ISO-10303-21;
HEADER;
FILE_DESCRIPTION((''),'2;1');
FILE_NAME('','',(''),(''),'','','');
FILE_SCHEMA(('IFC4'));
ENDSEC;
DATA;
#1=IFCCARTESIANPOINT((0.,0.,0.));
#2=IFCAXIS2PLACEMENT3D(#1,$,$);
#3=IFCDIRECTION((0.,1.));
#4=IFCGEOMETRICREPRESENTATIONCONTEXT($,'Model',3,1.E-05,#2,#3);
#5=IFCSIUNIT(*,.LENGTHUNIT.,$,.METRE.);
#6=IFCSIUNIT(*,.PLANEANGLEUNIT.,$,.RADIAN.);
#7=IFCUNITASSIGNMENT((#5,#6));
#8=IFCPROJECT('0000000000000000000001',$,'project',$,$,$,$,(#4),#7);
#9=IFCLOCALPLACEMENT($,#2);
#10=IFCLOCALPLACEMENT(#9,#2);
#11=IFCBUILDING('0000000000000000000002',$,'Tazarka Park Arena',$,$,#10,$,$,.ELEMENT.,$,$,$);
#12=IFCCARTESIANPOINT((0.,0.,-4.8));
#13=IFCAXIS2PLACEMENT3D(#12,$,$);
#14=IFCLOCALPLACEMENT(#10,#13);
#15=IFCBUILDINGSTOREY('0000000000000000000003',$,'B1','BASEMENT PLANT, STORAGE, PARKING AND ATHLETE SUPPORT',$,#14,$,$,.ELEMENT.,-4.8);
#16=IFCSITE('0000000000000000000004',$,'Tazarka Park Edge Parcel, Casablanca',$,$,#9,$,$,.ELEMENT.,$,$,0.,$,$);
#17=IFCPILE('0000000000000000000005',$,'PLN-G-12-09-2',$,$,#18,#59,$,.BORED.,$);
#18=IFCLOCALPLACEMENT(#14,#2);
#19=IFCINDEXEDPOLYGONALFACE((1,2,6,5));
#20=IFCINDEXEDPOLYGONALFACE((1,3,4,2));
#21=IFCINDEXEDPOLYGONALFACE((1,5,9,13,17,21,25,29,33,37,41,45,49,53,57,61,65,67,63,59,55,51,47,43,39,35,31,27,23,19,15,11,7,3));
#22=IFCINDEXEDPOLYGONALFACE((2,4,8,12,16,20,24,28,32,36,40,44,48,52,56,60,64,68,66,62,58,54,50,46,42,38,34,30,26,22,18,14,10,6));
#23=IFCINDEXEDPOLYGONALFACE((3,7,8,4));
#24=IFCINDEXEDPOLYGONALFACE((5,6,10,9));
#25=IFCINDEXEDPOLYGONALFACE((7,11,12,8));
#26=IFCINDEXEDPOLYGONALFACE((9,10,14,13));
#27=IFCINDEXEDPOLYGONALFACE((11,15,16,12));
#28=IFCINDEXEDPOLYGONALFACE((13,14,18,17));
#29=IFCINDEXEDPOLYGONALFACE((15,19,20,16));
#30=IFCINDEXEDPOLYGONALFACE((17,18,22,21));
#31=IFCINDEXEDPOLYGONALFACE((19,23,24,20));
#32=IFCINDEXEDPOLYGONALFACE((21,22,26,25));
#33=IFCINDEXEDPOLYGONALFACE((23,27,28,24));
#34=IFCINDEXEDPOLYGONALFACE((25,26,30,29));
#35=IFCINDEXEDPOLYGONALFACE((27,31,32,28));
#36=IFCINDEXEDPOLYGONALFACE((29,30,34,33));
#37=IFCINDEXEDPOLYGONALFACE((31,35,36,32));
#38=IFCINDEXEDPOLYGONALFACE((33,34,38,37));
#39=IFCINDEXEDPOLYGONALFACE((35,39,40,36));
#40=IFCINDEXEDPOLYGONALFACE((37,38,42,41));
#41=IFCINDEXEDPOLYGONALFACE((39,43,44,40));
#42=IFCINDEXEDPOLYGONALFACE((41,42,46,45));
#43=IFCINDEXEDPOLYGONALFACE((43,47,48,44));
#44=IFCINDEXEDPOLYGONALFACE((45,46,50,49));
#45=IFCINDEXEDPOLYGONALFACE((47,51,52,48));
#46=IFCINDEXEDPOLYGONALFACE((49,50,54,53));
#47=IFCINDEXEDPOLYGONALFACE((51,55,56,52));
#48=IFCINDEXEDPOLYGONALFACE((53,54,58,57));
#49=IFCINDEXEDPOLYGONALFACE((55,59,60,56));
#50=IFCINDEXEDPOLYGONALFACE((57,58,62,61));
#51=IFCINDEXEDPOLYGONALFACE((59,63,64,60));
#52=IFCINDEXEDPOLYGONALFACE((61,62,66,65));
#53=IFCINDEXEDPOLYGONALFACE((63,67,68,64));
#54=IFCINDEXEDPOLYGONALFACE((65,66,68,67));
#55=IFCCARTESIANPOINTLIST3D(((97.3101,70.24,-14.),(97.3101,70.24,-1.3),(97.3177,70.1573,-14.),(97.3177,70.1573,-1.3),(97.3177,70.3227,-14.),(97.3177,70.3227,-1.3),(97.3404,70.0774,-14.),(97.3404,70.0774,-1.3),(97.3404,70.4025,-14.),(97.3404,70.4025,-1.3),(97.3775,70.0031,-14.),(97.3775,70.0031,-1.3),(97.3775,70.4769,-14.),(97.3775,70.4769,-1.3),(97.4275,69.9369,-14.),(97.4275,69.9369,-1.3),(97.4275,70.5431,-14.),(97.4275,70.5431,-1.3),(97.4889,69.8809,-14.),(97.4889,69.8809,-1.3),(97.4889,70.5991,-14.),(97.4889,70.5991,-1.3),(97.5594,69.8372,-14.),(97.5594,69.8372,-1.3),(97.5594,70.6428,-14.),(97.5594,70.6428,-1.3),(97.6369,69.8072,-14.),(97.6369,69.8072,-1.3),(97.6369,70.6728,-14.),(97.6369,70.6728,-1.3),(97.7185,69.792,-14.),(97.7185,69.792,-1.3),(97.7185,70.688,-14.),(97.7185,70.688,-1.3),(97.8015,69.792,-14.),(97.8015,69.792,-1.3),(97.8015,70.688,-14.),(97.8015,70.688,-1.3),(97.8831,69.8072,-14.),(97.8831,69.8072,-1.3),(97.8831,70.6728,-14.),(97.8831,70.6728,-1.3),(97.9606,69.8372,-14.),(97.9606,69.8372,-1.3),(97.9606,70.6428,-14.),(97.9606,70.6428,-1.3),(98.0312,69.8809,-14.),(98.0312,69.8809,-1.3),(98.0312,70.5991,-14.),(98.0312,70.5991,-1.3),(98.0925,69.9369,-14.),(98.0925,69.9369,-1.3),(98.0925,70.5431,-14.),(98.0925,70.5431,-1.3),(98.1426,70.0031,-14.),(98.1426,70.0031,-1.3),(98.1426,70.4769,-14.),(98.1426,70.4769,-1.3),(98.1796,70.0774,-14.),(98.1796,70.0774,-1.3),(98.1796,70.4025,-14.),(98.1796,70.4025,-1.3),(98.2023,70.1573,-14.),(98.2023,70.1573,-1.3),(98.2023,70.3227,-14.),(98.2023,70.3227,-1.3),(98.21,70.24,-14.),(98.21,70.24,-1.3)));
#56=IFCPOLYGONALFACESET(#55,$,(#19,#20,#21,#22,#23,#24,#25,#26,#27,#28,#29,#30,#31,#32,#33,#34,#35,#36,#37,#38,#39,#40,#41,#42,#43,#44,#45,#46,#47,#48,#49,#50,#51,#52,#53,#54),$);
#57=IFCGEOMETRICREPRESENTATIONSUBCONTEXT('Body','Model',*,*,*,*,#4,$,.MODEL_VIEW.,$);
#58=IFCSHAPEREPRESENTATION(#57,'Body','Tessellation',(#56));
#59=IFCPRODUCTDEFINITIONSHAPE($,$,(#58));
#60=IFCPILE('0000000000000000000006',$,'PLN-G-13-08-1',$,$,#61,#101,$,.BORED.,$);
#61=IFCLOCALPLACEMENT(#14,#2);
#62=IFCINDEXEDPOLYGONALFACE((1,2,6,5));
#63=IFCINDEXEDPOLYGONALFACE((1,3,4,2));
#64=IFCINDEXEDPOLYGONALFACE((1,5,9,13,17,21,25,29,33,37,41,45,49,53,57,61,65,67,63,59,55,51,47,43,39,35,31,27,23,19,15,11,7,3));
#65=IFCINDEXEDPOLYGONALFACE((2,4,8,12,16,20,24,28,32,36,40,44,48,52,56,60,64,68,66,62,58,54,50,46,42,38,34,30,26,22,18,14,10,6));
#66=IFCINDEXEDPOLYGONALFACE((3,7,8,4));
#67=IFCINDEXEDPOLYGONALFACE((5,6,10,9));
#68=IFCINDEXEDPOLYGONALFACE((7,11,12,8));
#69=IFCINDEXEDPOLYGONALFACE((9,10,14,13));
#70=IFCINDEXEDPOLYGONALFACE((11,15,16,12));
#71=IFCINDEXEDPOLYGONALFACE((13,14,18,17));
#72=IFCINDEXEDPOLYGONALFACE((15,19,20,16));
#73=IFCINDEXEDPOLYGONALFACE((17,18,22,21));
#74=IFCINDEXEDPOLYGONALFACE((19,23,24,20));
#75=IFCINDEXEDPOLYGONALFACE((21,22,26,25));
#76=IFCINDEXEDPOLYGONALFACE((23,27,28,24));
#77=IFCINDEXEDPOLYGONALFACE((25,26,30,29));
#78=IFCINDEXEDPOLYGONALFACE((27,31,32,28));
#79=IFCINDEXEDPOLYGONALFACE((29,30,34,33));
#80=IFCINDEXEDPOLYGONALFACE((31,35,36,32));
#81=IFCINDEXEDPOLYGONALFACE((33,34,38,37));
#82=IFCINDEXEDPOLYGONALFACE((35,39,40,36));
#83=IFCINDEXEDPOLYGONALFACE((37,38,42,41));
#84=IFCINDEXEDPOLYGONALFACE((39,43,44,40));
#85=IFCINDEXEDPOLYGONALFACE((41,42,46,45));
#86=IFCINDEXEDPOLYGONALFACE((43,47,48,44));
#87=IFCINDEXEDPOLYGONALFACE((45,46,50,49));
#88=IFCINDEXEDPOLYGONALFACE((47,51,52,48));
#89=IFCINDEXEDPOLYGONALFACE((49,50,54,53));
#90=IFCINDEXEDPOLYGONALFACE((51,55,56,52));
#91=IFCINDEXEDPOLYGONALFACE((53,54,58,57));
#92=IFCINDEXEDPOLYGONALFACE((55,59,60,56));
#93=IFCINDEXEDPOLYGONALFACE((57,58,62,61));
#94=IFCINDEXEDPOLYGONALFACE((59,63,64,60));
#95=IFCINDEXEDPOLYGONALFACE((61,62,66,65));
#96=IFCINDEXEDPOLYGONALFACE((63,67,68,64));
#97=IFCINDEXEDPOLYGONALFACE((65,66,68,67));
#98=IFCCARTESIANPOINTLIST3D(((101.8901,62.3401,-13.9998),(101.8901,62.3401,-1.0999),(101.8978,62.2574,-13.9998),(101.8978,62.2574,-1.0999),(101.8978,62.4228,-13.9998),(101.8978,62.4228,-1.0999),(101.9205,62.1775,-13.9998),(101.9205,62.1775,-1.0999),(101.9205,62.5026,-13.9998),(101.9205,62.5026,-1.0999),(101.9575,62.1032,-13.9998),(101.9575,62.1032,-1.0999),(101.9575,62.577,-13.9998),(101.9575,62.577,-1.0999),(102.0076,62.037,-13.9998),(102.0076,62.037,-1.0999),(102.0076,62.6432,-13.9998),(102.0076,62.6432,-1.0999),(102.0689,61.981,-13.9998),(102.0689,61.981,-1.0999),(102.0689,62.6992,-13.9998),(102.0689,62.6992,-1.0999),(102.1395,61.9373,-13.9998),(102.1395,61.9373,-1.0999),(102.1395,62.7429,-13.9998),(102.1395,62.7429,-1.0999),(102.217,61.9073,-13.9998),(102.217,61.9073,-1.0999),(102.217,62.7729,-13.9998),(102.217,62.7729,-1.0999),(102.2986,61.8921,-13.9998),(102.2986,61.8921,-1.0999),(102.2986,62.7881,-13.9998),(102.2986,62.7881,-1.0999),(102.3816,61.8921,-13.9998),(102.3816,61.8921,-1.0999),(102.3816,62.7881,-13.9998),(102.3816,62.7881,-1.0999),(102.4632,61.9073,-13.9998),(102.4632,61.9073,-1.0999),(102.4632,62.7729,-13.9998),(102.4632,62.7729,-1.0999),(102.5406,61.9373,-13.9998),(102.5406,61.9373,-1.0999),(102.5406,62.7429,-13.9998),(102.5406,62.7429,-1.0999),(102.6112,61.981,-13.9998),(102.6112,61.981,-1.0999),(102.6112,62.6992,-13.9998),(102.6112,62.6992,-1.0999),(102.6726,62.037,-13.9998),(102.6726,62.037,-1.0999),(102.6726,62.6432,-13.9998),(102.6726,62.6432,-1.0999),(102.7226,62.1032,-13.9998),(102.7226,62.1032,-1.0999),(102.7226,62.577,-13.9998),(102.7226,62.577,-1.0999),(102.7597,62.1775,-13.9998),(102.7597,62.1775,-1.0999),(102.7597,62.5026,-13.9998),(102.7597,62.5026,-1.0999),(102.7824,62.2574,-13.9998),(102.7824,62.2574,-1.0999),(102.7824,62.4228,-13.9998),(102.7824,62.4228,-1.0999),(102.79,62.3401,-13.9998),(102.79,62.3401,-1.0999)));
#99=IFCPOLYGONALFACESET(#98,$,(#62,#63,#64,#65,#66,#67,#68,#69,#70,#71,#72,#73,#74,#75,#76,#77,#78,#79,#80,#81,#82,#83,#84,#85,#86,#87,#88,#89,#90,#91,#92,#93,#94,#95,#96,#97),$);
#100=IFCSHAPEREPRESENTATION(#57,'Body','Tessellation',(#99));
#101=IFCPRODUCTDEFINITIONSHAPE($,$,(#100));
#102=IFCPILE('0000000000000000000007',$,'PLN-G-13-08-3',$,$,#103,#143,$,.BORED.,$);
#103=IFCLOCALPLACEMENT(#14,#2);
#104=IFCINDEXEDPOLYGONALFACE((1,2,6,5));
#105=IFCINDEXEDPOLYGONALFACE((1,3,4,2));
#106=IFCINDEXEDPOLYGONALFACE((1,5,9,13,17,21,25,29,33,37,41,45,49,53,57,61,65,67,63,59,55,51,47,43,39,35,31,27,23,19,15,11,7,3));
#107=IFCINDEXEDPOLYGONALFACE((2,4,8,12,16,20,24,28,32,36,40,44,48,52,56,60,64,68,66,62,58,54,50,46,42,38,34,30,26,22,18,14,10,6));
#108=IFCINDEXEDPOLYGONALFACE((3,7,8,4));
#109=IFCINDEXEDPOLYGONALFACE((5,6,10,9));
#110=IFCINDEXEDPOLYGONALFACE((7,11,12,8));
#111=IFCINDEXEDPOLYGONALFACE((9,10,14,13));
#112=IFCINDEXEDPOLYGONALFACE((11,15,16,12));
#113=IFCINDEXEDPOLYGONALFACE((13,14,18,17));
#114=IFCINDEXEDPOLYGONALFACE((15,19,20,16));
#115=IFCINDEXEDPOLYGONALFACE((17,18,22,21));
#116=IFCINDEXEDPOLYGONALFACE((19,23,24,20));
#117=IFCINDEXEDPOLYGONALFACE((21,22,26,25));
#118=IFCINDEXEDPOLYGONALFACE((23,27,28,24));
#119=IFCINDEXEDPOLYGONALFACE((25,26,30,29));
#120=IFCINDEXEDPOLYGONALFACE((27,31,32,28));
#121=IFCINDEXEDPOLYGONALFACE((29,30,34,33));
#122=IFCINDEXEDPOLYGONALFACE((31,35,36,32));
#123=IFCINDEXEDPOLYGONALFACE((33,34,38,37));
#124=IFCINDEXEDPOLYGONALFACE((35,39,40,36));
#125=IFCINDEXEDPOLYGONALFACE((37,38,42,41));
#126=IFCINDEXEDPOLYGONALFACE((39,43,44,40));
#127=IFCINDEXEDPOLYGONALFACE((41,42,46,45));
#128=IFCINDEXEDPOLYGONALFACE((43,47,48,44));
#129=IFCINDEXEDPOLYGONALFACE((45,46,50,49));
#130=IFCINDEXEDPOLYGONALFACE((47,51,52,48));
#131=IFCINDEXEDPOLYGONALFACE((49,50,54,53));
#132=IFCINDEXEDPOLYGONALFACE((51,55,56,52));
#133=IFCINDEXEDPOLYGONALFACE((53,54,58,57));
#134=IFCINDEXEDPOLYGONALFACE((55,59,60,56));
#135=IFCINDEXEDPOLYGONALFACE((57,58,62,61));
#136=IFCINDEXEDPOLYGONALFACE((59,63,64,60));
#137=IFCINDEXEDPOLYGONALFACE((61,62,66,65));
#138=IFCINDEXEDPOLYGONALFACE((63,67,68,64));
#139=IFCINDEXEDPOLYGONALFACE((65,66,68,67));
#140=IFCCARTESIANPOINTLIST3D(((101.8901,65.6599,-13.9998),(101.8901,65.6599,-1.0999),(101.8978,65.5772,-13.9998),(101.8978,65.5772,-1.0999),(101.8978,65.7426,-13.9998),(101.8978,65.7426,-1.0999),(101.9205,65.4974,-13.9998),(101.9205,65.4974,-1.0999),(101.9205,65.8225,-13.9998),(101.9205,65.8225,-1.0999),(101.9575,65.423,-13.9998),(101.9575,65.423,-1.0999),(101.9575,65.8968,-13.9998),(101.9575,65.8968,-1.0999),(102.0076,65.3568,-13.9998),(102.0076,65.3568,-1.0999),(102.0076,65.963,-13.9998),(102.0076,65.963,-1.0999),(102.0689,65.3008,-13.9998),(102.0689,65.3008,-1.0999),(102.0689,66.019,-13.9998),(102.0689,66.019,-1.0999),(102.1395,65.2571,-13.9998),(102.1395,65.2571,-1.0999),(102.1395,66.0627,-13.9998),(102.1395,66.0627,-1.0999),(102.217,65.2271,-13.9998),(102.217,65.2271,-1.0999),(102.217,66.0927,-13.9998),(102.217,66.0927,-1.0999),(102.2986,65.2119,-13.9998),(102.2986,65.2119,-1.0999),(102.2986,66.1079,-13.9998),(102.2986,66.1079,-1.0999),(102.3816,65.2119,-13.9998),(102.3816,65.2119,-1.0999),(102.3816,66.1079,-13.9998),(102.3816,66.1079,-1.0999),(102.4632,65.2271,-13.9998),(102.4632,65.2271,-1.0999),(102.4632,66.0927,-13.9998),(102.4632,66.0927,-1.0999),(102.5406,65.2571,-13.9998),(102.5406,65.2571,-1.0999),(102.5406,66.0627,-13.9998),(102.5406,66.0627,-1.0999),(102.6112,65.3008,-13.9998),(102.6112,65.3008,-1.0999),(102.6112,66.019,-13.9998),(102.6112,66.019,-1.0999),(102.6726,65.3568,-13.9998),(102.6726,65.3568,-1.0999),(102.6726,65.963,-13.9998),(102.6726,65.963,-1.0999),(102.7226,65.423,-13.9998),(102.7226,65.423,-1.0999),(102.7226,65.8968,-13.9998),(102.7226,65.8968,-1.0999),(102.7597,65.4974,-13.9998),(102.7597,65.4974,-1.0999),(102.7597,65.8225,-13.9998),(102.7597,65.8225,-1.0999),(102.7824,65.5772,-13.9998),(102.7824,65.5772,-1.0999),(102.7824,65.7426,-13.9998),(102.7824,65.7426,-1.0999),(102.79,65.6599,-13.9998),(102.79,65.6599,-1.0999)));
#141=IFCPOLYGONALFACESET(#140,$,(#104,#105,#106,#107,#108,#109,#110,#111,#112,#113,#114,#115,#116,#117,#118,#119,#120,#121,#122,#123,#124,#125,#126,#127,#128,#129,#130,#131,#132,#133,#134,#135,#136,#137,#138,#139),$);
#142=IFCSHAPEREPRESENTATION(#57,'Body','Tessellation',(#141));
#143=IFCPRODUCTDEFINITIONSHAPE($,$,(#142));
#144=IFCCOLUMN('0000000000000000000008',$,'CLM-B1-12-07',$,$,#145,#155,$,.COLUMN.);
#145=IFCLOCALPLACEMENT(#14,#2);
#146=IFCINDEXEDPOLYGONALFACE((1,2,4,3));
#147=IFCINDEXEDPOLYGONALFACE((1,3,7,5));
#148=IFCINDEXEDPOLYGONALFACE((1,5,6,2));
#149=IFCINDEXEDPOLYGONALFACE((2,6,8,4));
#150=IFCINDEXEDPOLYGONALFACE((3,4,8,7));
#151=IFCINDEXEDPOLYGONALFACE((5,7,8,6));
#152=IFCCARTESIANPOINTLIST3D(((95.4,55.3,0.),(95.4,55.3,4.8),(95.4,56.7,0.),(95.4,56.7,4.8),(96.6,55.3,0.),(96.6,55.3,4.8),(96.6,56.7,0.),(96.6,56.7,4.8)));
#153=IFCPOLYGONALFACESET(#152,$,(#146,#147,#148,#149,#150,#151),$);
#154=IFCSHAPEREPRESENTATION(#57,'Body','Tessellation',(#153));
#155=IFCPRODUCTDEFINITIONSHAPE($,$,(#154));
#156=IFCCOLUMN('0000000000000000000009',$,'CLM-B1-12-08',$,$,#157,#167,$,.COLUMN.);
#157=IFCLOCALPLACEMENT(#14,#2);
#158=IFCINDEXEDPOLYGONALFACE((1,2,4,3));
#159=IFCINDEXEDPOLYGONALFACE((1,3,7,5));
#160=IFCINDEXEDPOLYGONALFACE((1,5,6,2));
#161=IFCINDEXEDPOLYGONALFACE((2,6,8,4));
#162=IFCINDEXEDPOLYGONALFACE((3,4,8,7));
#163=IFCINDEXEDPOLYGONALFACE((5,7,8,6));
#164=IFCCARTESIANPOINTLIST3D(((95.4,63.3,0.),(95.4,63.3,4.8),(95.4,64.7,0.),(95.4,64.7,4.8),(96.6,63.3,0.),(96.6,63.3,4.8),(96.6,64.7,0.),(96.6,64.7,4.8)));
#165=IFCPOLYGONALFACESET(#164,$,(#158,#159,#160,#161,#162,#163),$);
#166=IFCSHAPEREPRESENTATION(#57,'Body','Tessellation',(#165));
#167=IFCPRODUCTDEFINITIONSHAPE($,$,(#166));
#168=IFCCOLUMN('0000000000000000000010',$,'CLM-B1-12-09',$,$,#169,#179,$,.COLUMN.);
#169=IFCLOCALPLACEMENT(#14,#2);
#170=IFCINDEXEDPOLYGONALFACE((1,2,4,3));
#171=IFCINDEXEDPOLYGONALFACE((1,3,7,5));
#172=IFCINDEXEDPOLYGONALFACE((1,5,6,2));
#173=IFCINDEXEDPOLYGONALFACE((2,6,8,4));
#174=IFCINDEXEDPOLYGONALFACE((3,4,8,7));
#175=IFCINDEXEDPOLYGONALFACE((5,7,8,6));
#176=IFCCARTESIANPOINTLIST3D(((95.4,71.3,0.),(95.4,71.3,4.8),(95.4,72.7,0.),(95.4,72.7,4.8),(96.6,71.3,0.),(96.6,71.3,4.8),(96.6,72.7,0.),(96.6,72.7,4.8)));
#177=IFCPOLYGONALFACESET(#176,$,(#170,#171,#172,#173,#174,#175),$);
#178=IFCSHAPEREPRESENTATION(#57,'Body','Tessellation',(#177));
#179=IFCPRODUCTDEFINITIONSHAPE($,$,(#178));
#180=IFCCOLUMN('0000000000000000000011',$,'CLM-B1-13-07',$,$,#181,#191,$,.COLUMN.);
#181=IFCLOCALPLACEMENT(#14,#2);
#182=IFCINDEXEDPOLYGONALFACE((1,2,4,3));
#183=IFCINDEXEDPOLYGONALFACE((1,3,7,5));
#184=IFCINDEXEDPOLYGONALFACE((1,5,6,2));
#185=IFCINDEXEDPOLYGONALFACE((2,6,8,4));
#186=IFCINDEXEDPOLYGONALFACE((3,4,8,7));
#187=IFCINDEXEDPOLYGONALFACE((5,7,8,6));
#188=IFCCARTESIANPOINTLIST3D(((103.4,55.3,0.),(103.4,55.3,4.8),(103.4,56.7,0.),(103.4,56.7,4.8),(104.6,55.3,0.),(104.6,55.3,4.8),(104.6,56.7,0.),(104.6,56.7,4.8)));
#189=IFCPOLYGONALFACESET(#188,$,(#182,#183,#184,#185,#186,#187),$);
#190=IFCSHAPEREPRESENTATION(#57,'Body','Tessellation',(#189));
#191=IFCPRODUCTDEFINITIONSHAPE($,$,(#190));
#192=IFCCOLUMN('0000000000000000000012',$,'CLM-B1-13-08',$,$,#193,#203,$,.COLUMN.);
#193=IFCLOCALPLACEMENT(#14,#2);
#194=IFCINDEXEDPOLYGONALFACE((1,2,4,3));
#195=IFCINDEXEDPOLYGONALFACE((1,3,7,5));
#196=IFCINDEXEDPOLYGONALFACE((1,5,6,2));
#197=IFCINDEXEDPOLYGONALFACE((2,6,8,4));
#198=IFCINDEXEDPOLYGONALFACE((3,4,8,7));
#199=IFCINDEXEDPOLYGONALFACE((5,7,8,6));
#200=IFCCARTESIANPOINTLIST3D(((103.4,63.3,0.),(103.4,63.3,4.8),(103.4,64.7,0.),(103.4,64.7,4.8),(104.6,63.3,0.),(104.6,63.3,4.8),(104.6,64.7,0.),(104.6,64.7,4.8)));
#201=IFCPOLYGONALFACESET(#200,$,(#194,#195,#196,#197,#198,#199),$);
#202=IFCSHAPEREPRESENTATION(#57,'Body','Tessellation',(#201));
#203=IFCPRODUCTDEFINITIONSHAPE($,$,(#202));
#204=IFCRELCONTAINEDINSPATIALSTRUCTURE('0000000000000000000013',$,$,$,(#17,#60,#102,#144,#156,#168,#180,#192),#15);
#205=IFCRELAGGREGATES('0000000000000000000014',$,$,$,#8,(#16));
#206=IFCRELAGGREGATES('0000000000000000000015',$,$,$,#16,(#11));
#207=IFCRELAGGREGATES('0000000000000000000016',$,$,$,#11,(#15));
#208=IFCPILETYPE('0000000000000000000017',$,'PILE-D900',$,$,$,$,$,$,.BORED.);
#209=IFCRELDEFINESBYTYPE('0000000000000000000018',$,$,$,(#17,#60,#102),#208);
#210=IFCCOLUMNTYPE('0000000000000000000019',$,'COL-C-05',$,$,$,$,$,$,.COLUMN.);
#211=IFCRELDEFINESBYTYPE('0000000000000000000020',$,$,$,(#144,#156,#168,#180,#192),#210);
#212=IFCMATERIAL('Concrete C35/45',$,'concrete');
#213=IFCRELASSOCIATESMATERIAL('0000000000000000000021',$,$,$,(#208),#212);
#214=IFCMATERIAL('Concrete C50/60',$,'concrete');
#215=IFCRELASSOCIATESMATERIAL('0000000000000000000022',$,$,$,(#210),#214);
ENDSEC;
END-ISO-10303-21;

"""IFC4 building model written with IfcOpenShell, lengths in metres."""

from ifc_helpers import new_model, si_unit, direction, frame, origin, origin_2d, place, context, subcontext, project, spatial, rectangle, circle, extrude, material, material_profile, profile_set, type_object, element, save


model = new_model("IFC4")

# Units and contexts
model_context = context("Model", 3, precision=1e-05, world=origin(), true_north=direction((0.0, 1.0)))
body_context = subcontext(model_context, "Body", "Model", "MODEL_VIEW")
ifc_project = project(units=[si_unit("LENGTHUNIT", "METRE"), si_unit("PLANEANGLEUNIT", "RADIAN")], contexts=[model_context])

# Site, building, storey
site_placement = place(None, origin())
site = spatial("IfcSite", under=ifc_project, at=site_placement, Name="Tazarka Park Edge Parcel, Casablanca", CompositionType="ELEMENT", RefElevation=0.0)
building_placement = place(site_placement, origin())
building = spatial("IfcBuilding", under=site, at=building_placement, Name="Tazarka Park Arena", CompositionType="ELEMENT")
storey_placement = place(building_placement, frame((0.0, 0.0, -4.8)))
storey = spatial("IfcBuildingStorey", under=building, at=storey_placement, Name="B1", Description="BASEMENT PLANT, STORAGE, PARKING AND ATHLETE SUPPORT", CompositionType="ELEMENT", Elevation=-4.8)

# Piles
ifc_material_1 = material(Name="Concrete C35/45", Category="concrete")
ifc_material_profile_1 = material_profile(ifc_material_1, circle(Radius=0.45, at=origin_2d()), Name="Concrete C35/45")
ifc_profile_set_1 = profile_set([ifc_material_profile_1], Name="Concrete C35/45")
pile_type_1 = type_object("IfcPileType", Name="PILE-D900", PredefinedType="BORED", material=ifc_profile_set_1)
for number, where, z_axis, x_axis, name in (
    (1, (97.76, 70.24, -1.3), (0.0, 0.0, -1.0), (1.0, 0.0, 0.0), "PLN-G-12-09-2"),
):
    element("IfcPile", number, at=place(storey_placement, frame(where, z_axis=z_axis, x_axis=x_axis)), inside=storey, type_object=pile_type_1, Name=name, PredefinedType="BORED", context=body_context, shape_type="SweptSolid", body=[
        extrude(circle(Radius=0.45, at=origin_2d()), origin(), (0.0, 0.0, 1.0), 12.7),
    ])
for number, where, z_axis, x_axis, name in (
    (2, (102.3401, 62.3401, -1.0999), (0.0, 0.0, -1.0), (1.0, 0.0, 0.0), "PLN-G-13-08-1"),
    (3, (102.3401, 65.6599, -1.0999), (0.0, 0.0, -1.0), (1.0, 0.0, 0.0), "PLN-G-13-08-3"),
):
    element("IfcPile", number, at=place(storey_placement, frame(where, z_axis=z_axis, x_axis=x_axis)), inside=storey, type_object=pile_type_1, Name=name, PredefinedType="BORED", context=body_context, shape_type="SweptSolid", body=[
        extrude(circle(Radius=0.45, at=origin_2d()), origin(), (0.0, 0.0, 1.0), 12.8999),
    ])

# Columns
ifc_material_2 = material(Name="Concrete C50/60", Category="concrete")
ifc_material_profile_2 = material_profile(ifc_material_2, rectangle(XDim=1.2, YDim=1.3999, at=origin_2d()), Name="Concrete C50/60")
ifc_profile_set_2 = profile_set([ifc_material_profile_2], Name="Concrete C50/60")
column_type = type_object("IfcColumnType", Name="COL-C-05", PredefinedType="COLUMN", material=ifc_profile_set_2)
for number, where, z_axis, x_axis, name in (
    (4, (96.0, 56.0, 0.0), (0.0, 0.0, 1.0), (1.0, 0.0, 0.0), "CLM-B1-12-07"),
    (5, (96.0, 64.0, 0.0), (0.0, 0.0, 1.0), (1.0, 0.0, 0.0), "CLM-B1-12-08"),
    (6, (96.0, 72.0, 0.0), (0.0, 0.0, 1.0), (1.0, 0.0, 0.0), "CLM-B1-12-09"),
    (7, (104.0, 56.0, 0.0), (0.0, 0.0, 1.0), (1.0, 0.0, 0.0), "CLM-B1-13-07"),
    (8, (104.0, 64.0, 0.0), (0.0, 0.0, 1.0), (1.0, 0.0, 0.0), "CLM-B1-13-08"),
):
    element("IfcColumn", number, at=place(storey_placement, frame(where, z_axis=z_axis, x_axis=x_axis)), inside=storey, type_object=column_type, Name=name, PredefinedType="COLUMN", context=body_context, shape_type="SweptSolid", body=[
        extrude(rectangle(XDim=1.2, YDim=1.3999, at=origin_2d()), origin(), (0.0, 0.0, 1.0), 4.8),
    ])

save(model, "model.ifc")
